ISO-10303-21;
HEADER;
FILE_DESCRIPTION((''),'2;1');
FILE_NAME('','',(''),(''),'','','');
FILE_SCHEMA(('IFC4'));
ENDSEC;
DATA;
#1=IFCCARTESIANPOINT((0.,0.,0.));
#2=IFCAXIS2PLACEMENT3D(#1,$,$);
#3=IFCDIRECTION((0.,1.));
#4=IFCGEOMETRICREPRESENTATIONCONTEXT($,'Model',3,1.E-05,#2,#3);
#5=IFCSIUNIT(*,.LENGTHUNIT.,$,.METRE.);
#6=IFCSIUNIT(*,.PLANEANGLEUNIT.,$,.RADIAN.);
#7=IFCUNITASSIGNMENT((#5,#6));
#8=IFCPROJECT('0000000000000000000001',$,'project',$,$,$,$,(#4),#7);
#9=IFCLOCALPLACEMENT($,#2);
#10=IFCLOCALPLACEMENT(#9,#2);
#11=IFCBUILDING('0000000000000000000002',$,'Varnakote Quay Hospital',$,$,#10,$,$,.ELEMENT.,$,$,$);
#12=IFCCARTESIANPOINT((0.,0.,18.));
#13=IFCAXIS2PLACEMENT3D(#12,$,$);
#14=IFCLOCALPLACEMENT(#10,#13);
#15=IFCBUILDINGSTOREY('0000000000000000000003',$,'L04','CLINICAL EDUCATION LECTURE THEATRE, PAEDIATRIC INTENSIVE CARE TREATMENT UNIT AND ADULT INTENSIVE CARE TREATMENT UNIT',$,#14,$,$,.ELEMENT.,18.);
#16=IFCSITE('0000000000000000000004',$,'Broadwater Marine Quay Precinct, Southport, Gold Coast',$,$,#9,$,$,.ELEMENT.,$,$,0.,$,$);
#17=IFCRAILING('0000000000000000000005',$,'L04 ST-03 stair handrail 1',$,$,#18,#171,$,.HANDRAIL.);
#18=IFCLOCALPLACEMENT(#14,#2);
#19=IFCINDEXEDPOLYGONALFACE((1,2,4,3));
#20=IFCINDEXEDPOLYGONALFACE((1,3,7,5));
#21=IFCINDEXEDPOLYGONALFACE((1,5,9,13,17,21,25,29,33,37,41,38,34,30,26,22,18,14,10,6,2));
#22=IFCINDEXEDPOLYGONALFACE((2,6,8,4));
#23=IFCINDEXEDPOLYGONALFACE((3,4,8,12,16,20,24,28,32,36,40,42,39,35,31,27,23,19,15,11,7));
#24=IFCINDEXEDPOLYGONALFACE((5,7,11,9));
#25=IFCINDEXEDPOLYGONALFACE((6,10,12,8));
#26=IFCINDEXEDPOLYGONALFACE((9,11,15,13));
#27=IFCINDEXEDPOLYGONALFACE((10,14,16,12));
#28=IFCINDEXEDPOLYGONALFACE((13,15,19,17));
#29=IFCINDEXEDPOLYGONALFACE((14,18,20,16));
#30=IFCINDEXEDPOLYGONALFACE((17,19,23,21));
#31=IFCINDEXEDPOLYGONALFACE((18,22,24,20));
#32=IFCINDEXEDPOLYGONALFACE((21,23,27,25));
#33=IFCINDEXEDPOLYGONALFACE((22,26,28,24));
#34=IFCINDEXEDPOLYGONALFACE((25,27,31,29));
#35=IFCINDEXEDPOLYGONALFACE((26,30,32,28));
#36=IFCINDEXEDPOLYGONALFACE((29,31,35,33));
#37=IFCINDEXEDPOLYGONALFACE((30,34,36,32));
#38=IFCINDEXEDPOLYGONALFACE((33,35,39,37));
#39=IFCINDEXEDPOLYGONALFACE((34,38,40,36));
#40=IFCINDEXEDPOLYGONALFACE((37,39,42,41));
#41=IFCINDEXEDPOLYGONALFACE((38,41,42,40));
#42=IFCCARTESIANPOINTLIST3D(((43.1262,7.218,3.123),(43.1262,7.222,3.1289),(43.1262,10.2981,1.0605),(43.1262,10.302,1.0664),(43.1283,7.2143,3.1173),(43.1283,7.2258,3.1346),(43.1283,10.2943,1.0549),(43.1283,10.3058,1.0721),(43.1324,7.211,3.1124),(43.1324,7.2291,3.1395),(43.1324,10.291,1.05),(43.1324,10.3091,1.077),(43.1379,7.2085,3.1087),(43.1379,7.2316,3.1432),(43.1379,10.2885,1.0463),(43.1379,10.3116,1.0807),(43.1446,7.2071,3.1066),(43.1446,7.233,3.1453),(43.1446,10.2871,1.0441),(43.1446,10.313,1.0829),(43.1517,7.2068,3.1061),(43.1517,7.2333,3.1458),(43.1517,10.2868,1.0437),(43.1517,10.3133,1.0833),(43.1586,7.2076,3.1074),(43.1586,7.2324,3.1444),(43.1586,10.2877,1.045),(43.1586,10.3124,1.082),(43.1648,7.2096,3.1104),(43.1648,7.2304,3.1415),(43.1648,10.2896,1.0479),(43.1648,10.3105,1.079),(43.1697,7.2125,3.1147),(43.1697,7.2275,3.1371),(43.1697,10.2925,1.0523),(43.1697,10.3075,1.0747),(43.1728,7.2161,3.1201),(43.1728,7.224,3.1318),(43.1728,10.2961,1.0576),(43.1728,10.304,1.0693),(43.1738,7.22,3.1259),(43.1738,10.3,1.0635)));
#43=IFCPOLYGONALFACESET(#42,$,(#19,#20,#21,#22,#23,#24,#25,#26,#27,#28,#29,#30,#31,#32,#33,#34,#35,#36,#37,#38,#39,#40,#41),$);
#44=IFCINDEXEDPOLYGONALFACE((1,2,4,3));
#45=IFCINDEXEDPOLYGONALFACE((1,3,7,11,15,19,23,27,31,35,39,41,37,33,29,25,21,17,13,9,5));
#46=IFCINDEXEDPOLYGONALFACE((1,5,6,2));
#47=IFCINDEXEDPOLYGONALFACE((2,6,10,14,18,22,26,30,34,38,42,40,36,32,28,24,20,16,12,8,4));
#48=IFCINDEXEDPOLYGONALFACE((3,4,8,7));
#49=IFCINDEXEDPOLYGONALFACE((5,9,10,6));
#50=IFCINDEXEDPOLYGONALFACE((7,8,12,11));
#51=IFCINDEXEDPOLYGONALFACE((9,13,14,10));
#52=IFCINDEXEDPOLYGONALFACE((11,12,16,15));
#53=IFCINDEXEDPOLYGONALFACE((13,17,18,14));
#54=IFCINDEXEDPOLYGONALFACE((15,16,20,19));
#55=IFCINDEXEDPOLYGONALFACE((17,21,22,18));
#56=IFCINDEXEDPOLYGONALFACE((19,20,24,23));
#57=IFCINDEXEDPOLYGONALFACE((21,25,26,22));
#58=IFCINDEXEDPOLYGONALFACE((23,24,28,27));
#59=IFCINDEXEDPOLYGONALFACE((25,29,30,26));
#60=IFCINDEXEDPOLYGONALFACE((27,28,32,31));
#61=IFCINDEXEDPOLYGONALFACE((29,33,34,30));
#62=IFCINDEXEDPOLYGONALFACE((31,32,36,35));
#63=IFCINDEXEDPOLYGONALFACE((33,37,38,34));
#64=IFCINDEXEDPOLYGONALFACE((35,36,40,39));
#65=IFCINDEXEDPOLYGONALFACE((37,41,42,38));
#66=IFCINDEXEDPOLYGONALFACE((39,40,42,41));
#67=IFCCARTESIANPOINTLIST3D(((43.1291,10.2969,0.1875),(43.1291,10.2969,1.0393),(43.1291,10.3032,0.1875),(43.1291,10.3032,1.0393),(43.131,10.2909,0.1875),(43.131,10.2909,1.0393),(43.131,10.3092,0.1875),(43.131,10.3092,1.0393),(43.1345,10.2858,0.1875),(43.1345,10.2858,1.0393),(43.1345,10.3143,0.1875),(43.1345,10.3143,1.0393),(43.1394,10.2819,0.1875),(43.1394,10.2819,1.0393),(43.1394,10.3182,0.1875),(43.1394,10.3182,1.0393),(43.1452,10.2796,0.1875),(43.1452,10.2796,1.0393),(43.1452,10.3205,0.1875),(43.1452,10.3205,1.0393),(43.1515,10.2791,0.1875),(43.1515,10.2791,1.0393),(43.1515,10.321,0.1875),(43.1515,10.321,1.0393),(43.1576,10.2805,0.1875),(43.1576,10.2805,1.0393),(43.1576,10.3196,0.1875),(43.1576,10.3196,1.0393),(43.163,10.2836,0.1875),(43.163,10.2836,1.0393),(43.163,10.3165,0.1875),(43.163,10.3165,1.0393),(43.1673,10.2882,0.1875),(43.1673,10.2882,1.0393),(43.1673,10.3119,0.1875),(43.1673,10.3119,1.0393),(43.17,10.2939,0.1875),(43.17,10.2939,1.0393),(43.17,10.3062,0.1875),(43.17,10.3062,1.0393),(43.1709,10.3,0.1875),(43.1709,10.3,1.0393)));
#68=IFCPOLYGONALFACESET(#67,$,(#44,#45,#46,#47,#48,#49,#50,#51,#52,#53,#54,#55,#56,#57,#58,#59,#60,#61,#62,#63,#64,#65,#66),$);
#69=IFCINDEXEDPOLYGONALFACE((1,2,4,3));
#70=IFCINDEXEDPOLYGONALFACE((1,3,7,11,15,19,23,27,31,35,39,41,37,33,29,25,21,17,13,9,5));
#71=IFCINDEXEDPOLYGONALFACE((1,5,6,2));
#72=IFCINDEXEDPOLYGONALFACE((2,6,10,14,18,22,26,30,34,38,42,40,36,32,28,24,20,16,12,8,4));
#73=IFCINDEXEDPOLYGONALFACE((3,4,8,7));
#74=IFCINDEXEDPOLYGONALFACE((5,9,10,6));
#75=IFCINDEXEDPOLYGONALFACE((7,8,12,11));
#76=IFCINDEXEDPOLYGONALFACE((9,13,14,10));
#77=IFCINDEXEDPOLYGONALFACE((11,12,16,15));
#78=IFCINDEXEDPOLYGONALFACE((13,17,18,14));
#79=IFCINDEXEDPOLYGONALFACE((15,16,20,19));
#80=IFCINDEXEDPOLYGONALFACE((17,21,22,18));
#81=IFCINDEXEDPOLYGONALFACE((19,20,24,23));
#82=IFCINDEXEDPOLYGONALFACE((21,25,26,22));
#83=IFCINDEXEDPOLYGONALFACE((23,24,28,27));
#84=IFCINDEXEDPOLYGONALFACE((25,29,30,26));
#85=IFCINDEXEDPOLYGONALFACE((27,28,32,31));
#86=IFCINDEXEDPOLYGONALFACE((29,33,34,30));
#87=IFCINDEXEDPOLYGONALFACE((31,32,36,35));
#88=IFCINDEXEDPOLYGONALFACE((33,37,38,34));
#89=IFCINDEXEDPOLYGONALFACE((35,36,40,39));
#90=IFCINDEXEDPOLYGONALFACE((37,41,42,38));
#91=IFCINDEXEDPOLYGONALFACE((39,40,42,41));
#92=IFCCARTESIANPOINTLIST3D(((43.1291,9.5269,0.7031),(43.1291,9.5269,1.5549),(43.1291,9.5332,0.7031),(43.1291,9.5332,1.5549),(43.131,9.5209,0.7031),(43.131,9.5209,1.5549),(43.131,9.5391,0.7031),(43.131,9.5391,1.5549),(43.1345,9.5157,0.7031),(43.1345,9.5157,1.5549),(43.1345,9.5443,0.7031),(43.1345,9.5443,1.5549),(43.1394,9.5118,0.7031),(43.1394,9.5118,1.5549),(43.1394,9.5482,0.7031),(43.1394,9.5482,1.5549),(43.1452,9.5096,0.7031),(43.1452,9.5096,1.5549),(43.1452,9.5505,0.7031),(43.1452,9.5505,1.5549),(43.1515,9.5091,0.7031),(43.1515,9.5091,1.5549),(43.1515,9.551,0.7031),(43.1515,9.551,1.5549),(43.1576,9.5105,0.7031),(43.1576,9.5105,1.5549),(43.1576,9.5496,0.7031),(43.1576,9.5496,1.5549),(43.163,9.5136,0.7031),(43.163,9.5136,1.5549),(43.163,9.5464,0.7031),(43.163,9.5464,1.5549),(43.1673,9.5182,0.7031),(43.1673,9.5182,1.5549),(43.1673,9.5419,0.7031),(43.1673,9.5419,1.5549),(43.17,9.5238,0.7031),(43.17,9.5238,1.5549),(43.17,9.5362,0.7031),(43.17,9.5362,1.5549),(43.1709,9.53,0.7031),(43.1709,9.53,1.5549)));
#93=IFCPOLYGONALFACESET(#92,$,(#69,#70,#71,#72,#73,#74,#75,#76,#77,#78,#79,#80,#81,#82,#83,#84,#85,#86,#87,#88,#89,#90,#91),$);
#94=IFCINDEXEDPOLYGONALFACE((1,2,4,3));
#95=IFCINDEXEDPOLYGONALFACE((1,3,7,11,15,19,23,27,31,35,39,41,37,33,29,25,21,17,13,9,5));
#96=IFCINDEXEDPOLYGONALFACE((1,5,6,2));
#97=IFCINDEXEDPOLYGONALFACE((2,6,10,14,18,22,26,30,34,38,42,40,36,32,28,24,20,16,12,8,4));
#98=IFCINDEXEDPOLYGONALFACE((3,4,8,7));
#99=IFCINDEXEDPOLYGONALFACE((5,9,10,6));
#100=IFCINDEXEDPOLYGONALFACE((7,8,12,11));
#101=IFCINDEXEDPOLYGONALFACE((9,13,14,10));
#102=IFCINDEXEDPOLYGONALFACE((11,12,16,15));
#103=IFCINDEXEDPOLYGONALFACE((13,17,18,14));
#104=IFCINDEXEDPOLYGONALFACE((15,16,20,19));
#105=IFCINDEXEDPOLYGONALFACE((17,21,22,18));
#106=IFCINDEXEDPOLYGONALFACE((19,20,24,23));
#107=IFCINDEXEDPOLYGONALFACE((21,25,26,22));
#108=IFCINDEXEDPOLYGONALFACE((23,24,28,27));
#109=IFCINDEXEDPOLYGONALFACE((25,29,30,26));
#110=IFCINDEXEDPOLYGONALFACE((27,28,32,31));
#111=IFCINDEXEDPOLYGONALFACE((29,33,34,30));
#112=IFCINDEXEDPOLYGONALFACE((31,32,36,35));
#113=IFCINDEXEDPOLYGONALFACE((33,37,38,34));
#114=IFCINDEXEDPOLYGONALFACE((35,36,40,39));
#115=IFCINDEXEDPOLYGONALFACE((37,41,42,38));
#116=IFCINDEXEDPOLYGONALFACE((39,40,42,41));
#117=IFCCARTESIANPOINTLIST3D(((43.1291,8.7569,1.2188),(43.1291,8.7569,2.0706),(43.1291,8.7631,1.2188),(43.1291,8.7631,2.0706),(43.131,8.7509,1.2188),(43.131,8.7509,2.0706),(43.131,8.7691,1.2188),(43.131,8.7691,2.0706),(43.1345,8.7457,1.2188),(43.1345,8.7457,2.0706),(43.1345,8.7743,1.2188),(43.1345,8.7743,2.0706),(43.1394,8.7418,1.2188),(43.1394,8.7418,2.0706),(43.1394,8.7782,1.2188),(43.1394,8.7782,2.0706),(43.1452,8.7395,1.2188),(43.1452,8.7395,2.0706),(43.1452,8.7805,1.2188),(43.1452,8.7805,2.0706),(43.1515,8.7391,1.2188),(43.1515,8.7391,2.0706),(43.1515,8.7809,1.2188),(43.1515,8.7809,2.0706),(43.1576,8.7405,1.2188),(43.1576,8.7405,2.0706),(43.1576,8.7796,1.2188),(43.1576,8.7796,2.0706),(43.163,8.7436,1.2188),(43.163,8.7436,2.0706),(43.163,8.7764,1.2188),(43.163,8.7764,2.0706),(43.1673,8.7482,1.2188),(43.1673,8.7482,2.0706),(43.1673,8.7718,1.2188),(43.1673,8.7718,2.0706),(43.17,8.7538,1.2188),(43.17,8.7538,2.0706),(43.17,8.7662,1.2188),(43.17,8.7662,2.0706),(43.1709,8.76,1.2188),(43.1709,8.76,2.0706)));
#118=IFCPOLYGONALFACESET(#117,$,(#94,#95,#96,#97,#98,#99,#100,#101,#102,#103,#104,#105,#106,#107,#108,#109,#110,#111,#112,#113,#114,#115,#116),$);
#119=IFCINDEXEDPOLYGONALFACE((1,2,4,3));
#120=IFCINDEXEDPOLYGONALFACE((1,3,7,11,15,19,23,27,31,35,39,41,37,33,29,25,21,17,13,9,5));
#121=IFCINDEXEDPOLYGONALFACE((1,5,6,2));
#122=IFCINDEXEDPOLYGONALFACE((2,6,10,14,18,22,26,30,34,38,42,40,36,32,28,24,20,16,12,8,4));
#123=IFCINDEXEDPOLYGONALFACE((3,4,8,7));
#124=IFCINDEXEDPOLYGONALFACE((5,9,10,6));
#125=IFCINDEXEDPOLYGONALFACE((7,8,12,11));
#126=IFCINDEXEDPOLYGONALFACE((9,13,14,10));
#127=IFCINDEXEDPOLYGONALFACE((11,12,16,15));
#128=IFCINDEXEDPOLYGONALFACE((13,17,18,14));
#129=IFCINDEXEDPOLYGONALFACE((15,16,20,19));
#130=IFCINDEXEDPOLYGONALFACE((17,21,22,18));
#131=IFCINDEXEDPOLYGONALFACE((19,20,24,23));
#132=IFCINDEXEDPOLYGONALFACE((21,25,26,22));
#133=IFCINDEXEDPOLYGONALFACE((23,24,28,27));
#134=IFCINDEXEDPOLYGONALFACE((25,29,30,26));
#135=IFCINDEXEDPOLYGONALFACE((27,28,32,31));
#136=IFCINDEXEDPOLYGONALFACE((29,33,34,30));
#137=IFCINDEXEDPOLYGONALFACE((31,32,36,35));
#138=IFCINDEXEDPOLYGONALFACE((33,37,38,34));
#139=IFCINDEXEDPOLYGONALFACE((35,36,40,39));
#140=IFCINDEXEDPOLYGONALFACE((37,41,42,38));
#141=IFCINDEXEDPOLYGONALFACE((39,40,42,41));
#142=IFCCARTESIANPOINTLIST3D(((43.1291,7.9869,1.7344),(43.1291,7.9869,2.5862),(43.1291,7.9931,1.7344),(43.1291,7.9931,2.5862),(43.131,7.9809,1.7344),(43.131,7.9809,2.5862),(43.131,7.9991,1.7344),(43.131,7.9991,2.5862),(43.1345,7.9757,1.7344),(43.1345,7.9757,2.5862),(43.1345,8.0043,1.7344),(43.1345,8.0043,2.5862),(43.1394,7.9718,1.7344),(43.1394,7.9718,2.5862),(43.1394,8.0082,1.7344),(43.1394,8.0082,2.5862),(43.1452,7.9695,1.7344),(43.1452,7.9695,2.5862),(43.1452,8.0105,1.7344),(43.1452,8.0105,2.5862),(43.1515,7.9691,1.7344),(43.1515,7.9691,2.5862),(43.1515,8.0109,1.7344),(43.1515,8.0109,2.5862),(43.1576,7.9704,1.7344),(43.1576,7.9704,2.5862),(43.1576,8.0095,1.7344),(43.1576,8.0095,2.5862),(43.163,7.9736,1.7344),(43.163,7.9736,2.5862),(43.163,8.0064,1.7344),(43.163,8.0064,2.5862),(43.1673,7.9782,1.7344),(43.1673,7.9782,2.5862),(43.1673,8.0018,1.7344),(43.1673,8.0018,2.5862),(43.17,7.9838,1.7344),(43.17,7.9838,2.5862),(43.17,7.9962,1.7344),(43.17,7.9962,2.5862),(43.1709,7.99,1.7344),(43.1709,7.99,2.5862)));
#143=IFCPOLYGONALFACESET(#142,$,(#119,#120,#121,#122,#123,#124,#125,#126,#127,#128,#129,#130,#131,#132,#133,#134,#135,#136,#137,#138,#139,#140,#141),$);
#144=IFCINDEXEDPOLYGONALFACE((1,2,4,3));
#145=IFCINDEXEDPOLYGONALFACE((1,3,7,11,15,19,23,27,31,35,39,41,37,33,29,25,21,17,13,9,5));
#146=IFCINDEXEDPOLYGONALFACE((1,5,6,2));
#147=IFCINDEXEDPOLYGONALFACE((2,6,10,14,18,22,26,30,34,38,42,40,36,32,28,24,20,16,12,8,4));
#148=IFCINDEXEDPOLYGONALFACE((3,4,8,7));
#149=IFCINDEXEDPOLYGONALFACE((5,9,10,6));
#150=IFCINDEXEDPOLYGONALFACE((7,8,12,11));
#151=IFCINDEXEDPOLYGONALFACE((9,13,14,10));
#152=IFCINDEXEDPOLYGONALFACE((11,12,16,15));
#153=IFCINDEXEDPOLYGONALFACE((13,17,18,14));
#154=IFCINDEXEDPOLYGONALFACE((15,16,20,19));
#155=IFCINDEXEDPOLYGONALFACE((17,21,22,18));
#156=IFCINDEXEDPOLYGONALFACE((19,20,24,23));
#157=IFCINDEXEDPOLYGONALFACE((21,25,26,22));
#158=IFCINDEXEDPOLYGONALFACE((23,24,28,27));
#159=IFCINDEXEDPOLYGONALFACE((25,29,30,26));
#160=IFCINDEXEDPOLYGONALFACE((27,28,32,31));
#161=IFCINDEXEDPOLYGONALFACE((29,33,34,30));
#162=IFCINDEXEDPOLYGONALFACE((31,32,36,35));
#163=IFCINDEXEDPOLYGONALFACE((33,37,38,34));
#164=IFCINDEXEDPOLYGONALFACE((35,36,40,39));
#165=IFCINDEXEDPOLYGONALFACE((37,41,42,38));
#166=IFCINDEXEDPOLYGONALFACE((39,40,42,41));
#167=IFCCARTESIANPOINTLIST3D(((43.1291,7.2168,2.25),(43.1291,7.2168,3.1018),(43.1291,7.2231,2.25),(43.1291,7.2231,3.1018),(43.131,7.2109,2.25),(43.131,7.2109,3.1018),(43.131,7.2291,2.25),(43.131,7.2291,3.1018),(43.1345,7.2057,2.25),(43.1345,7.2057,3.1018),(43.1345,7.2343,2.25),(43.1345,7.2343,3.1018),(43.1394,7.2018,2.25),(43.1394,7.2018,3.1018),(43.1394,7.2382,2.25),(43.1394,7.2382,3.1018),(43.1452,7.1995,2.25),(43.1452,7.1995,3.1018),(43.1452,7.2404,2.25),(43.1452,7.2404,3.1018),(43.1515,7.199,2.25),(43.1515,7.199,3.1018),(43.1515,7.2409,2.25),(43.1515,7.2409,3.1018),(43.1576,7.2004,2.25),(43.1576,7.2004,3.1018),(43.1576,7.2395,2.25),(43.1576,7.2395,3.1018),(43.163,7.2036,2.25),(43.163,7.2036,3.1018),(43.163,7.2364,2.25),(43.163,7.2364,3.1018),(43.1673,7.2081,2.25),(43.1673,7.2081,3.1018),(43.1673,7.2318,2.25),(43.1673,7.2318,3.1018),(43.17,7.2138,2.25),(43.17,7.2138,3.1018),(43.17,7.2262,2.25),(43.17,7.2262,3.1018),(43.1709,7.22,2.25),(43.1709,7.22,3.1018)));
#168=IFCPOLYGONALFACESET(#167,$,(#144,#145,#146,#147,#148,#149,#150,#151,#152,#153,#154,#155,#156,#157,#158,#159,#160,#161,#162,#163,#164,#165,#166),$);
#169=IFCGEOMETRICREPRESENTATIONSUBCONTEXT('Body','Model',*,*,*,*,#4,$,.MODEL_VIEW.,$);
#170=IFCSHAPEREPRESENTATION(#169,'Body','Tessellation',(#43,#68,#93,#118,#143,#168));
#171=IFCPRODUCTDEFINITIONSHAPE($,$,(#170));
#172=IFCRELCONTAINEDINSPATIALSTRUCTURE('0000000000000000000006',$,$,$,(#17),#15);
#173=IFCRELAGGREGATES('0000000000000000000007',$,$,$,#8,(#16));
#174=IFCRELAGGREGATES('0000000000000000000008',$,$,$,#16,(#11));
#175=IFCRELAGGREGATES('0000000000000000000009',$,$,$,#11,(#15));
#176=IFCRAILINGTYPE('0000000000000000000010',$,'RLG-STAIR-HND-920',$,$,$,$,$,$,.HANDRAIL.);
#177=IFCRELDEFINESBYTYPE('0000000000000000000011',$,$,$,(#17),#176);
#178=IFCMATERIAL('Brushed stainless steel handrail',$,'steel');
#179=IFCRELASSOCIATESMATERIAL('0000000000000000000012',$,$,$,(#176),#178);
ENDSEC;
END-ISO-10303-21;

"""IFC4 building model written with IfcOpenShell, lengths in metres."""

from ifc_helpers import new_model, si_unit, direction, frame, origin, origin_2d, place, context, subcontext, project, spatial, circle, extrude, material, type_object, element, save


model = new_model("IFC4")

# Units and contexts
model_context = context("Model", 3, precision=1e-05, world=origin(), true_north=direction((0.0, 1.0)))
body_context = subcontext(model_context, "Body", "Model", "MODEL_VIEW")
ifc_project = project(units=[si_unit("LENGTHUNIT", "METRE"), si_unit("PLANEANGLEUNIT", "RADIAN")], contexts=[model_context])

# Site, building, storey
site_placement = place(None, origin())
site = spatial("IfcSite", under=ifc_project, at=site_placement, Name="Broadwater Marine Quay Precinct, Southport, Gold Coast", CompositionType="ELEMENT", RefElevation=0.0)
building_placement = place(site_placement, origin())
building = spatial("IfcBuilding", under=site, at=building_placement, Name="Varnakote Quay Hospital", CompositionType="ELEMENT")
storey_placement = place(building_placement, frame((0.0, 0.0, 18.0)))
storey = spatial("IfcBuildingStorey", under=building, at=storey_placement, Name="L04", Description="CLINICAL EDUCATION LECTURE THEATRE, PAEDIATRIC INTENSIVE CARE TREATMENT UNIT AND ADULT INTENSIVE CARE TREATMENT UNIT", CompositionType="ELEMENT", Elevation=18.0)

# Railing
ifc_material_1 = material(Name="Brushed stainless steel handrail", Category="steel")
railing_type_1 = type_object("IfcRailingType", Name="RLG-STAIR-HND-920", PredefinedType="HANDRAIL", material=ifc_material_1)
railing_1_placement = place(storey_placement, frame((43.1499, 10.3, 0.1875)))
element("IfcRailing", 1, at=railing_1_placement, inside=storey, type_object=railing_type_1, Name="L04 ST-03 stair handrail 1", PredefinedType="HANDRAIL", context=body_context, shape_type="SweptSolid", body=[
    extrude(circle(Radius=0.0239, at=origin_2d()), frame((0.0, 0.0, 0.876), z_axis=(0.0, -0.830914, 0.556401), x_axis=(1.0, 0.0, 0.0)), (0.0, 0.0, 1.0), 3.7068),
    extrude(circle(Radius=0.021, at=origin_2d()), origin(), (0.0, 0.0, 1.0), 0.8518),
    extrude(circle(Radius=0.021, at=origin_2d()), frame((0.0, -0.77, 0.5156)), (0.0, 0.0, 1.0), 0.8518),
    extrude(circle(Radius=0.021, at=origin_2d()), frame((0.0, -1.54, 1.0312)), (0.0, 0.0, 1.0), 0.8518),
    extrude(circle(Radius=0.021, at=origin_2d()), frame((0.0, -2.3101, 1.5469)), (0.0, 0.0, 1.0), 0.8518),
    extrude(circle(Radius=0.021, at=origin_2d()), frame((0.0, -3.0801, 2.0625)), (0.0, 0.0, 1.0), 0.8518),
])

save(model, "model.ifc")
